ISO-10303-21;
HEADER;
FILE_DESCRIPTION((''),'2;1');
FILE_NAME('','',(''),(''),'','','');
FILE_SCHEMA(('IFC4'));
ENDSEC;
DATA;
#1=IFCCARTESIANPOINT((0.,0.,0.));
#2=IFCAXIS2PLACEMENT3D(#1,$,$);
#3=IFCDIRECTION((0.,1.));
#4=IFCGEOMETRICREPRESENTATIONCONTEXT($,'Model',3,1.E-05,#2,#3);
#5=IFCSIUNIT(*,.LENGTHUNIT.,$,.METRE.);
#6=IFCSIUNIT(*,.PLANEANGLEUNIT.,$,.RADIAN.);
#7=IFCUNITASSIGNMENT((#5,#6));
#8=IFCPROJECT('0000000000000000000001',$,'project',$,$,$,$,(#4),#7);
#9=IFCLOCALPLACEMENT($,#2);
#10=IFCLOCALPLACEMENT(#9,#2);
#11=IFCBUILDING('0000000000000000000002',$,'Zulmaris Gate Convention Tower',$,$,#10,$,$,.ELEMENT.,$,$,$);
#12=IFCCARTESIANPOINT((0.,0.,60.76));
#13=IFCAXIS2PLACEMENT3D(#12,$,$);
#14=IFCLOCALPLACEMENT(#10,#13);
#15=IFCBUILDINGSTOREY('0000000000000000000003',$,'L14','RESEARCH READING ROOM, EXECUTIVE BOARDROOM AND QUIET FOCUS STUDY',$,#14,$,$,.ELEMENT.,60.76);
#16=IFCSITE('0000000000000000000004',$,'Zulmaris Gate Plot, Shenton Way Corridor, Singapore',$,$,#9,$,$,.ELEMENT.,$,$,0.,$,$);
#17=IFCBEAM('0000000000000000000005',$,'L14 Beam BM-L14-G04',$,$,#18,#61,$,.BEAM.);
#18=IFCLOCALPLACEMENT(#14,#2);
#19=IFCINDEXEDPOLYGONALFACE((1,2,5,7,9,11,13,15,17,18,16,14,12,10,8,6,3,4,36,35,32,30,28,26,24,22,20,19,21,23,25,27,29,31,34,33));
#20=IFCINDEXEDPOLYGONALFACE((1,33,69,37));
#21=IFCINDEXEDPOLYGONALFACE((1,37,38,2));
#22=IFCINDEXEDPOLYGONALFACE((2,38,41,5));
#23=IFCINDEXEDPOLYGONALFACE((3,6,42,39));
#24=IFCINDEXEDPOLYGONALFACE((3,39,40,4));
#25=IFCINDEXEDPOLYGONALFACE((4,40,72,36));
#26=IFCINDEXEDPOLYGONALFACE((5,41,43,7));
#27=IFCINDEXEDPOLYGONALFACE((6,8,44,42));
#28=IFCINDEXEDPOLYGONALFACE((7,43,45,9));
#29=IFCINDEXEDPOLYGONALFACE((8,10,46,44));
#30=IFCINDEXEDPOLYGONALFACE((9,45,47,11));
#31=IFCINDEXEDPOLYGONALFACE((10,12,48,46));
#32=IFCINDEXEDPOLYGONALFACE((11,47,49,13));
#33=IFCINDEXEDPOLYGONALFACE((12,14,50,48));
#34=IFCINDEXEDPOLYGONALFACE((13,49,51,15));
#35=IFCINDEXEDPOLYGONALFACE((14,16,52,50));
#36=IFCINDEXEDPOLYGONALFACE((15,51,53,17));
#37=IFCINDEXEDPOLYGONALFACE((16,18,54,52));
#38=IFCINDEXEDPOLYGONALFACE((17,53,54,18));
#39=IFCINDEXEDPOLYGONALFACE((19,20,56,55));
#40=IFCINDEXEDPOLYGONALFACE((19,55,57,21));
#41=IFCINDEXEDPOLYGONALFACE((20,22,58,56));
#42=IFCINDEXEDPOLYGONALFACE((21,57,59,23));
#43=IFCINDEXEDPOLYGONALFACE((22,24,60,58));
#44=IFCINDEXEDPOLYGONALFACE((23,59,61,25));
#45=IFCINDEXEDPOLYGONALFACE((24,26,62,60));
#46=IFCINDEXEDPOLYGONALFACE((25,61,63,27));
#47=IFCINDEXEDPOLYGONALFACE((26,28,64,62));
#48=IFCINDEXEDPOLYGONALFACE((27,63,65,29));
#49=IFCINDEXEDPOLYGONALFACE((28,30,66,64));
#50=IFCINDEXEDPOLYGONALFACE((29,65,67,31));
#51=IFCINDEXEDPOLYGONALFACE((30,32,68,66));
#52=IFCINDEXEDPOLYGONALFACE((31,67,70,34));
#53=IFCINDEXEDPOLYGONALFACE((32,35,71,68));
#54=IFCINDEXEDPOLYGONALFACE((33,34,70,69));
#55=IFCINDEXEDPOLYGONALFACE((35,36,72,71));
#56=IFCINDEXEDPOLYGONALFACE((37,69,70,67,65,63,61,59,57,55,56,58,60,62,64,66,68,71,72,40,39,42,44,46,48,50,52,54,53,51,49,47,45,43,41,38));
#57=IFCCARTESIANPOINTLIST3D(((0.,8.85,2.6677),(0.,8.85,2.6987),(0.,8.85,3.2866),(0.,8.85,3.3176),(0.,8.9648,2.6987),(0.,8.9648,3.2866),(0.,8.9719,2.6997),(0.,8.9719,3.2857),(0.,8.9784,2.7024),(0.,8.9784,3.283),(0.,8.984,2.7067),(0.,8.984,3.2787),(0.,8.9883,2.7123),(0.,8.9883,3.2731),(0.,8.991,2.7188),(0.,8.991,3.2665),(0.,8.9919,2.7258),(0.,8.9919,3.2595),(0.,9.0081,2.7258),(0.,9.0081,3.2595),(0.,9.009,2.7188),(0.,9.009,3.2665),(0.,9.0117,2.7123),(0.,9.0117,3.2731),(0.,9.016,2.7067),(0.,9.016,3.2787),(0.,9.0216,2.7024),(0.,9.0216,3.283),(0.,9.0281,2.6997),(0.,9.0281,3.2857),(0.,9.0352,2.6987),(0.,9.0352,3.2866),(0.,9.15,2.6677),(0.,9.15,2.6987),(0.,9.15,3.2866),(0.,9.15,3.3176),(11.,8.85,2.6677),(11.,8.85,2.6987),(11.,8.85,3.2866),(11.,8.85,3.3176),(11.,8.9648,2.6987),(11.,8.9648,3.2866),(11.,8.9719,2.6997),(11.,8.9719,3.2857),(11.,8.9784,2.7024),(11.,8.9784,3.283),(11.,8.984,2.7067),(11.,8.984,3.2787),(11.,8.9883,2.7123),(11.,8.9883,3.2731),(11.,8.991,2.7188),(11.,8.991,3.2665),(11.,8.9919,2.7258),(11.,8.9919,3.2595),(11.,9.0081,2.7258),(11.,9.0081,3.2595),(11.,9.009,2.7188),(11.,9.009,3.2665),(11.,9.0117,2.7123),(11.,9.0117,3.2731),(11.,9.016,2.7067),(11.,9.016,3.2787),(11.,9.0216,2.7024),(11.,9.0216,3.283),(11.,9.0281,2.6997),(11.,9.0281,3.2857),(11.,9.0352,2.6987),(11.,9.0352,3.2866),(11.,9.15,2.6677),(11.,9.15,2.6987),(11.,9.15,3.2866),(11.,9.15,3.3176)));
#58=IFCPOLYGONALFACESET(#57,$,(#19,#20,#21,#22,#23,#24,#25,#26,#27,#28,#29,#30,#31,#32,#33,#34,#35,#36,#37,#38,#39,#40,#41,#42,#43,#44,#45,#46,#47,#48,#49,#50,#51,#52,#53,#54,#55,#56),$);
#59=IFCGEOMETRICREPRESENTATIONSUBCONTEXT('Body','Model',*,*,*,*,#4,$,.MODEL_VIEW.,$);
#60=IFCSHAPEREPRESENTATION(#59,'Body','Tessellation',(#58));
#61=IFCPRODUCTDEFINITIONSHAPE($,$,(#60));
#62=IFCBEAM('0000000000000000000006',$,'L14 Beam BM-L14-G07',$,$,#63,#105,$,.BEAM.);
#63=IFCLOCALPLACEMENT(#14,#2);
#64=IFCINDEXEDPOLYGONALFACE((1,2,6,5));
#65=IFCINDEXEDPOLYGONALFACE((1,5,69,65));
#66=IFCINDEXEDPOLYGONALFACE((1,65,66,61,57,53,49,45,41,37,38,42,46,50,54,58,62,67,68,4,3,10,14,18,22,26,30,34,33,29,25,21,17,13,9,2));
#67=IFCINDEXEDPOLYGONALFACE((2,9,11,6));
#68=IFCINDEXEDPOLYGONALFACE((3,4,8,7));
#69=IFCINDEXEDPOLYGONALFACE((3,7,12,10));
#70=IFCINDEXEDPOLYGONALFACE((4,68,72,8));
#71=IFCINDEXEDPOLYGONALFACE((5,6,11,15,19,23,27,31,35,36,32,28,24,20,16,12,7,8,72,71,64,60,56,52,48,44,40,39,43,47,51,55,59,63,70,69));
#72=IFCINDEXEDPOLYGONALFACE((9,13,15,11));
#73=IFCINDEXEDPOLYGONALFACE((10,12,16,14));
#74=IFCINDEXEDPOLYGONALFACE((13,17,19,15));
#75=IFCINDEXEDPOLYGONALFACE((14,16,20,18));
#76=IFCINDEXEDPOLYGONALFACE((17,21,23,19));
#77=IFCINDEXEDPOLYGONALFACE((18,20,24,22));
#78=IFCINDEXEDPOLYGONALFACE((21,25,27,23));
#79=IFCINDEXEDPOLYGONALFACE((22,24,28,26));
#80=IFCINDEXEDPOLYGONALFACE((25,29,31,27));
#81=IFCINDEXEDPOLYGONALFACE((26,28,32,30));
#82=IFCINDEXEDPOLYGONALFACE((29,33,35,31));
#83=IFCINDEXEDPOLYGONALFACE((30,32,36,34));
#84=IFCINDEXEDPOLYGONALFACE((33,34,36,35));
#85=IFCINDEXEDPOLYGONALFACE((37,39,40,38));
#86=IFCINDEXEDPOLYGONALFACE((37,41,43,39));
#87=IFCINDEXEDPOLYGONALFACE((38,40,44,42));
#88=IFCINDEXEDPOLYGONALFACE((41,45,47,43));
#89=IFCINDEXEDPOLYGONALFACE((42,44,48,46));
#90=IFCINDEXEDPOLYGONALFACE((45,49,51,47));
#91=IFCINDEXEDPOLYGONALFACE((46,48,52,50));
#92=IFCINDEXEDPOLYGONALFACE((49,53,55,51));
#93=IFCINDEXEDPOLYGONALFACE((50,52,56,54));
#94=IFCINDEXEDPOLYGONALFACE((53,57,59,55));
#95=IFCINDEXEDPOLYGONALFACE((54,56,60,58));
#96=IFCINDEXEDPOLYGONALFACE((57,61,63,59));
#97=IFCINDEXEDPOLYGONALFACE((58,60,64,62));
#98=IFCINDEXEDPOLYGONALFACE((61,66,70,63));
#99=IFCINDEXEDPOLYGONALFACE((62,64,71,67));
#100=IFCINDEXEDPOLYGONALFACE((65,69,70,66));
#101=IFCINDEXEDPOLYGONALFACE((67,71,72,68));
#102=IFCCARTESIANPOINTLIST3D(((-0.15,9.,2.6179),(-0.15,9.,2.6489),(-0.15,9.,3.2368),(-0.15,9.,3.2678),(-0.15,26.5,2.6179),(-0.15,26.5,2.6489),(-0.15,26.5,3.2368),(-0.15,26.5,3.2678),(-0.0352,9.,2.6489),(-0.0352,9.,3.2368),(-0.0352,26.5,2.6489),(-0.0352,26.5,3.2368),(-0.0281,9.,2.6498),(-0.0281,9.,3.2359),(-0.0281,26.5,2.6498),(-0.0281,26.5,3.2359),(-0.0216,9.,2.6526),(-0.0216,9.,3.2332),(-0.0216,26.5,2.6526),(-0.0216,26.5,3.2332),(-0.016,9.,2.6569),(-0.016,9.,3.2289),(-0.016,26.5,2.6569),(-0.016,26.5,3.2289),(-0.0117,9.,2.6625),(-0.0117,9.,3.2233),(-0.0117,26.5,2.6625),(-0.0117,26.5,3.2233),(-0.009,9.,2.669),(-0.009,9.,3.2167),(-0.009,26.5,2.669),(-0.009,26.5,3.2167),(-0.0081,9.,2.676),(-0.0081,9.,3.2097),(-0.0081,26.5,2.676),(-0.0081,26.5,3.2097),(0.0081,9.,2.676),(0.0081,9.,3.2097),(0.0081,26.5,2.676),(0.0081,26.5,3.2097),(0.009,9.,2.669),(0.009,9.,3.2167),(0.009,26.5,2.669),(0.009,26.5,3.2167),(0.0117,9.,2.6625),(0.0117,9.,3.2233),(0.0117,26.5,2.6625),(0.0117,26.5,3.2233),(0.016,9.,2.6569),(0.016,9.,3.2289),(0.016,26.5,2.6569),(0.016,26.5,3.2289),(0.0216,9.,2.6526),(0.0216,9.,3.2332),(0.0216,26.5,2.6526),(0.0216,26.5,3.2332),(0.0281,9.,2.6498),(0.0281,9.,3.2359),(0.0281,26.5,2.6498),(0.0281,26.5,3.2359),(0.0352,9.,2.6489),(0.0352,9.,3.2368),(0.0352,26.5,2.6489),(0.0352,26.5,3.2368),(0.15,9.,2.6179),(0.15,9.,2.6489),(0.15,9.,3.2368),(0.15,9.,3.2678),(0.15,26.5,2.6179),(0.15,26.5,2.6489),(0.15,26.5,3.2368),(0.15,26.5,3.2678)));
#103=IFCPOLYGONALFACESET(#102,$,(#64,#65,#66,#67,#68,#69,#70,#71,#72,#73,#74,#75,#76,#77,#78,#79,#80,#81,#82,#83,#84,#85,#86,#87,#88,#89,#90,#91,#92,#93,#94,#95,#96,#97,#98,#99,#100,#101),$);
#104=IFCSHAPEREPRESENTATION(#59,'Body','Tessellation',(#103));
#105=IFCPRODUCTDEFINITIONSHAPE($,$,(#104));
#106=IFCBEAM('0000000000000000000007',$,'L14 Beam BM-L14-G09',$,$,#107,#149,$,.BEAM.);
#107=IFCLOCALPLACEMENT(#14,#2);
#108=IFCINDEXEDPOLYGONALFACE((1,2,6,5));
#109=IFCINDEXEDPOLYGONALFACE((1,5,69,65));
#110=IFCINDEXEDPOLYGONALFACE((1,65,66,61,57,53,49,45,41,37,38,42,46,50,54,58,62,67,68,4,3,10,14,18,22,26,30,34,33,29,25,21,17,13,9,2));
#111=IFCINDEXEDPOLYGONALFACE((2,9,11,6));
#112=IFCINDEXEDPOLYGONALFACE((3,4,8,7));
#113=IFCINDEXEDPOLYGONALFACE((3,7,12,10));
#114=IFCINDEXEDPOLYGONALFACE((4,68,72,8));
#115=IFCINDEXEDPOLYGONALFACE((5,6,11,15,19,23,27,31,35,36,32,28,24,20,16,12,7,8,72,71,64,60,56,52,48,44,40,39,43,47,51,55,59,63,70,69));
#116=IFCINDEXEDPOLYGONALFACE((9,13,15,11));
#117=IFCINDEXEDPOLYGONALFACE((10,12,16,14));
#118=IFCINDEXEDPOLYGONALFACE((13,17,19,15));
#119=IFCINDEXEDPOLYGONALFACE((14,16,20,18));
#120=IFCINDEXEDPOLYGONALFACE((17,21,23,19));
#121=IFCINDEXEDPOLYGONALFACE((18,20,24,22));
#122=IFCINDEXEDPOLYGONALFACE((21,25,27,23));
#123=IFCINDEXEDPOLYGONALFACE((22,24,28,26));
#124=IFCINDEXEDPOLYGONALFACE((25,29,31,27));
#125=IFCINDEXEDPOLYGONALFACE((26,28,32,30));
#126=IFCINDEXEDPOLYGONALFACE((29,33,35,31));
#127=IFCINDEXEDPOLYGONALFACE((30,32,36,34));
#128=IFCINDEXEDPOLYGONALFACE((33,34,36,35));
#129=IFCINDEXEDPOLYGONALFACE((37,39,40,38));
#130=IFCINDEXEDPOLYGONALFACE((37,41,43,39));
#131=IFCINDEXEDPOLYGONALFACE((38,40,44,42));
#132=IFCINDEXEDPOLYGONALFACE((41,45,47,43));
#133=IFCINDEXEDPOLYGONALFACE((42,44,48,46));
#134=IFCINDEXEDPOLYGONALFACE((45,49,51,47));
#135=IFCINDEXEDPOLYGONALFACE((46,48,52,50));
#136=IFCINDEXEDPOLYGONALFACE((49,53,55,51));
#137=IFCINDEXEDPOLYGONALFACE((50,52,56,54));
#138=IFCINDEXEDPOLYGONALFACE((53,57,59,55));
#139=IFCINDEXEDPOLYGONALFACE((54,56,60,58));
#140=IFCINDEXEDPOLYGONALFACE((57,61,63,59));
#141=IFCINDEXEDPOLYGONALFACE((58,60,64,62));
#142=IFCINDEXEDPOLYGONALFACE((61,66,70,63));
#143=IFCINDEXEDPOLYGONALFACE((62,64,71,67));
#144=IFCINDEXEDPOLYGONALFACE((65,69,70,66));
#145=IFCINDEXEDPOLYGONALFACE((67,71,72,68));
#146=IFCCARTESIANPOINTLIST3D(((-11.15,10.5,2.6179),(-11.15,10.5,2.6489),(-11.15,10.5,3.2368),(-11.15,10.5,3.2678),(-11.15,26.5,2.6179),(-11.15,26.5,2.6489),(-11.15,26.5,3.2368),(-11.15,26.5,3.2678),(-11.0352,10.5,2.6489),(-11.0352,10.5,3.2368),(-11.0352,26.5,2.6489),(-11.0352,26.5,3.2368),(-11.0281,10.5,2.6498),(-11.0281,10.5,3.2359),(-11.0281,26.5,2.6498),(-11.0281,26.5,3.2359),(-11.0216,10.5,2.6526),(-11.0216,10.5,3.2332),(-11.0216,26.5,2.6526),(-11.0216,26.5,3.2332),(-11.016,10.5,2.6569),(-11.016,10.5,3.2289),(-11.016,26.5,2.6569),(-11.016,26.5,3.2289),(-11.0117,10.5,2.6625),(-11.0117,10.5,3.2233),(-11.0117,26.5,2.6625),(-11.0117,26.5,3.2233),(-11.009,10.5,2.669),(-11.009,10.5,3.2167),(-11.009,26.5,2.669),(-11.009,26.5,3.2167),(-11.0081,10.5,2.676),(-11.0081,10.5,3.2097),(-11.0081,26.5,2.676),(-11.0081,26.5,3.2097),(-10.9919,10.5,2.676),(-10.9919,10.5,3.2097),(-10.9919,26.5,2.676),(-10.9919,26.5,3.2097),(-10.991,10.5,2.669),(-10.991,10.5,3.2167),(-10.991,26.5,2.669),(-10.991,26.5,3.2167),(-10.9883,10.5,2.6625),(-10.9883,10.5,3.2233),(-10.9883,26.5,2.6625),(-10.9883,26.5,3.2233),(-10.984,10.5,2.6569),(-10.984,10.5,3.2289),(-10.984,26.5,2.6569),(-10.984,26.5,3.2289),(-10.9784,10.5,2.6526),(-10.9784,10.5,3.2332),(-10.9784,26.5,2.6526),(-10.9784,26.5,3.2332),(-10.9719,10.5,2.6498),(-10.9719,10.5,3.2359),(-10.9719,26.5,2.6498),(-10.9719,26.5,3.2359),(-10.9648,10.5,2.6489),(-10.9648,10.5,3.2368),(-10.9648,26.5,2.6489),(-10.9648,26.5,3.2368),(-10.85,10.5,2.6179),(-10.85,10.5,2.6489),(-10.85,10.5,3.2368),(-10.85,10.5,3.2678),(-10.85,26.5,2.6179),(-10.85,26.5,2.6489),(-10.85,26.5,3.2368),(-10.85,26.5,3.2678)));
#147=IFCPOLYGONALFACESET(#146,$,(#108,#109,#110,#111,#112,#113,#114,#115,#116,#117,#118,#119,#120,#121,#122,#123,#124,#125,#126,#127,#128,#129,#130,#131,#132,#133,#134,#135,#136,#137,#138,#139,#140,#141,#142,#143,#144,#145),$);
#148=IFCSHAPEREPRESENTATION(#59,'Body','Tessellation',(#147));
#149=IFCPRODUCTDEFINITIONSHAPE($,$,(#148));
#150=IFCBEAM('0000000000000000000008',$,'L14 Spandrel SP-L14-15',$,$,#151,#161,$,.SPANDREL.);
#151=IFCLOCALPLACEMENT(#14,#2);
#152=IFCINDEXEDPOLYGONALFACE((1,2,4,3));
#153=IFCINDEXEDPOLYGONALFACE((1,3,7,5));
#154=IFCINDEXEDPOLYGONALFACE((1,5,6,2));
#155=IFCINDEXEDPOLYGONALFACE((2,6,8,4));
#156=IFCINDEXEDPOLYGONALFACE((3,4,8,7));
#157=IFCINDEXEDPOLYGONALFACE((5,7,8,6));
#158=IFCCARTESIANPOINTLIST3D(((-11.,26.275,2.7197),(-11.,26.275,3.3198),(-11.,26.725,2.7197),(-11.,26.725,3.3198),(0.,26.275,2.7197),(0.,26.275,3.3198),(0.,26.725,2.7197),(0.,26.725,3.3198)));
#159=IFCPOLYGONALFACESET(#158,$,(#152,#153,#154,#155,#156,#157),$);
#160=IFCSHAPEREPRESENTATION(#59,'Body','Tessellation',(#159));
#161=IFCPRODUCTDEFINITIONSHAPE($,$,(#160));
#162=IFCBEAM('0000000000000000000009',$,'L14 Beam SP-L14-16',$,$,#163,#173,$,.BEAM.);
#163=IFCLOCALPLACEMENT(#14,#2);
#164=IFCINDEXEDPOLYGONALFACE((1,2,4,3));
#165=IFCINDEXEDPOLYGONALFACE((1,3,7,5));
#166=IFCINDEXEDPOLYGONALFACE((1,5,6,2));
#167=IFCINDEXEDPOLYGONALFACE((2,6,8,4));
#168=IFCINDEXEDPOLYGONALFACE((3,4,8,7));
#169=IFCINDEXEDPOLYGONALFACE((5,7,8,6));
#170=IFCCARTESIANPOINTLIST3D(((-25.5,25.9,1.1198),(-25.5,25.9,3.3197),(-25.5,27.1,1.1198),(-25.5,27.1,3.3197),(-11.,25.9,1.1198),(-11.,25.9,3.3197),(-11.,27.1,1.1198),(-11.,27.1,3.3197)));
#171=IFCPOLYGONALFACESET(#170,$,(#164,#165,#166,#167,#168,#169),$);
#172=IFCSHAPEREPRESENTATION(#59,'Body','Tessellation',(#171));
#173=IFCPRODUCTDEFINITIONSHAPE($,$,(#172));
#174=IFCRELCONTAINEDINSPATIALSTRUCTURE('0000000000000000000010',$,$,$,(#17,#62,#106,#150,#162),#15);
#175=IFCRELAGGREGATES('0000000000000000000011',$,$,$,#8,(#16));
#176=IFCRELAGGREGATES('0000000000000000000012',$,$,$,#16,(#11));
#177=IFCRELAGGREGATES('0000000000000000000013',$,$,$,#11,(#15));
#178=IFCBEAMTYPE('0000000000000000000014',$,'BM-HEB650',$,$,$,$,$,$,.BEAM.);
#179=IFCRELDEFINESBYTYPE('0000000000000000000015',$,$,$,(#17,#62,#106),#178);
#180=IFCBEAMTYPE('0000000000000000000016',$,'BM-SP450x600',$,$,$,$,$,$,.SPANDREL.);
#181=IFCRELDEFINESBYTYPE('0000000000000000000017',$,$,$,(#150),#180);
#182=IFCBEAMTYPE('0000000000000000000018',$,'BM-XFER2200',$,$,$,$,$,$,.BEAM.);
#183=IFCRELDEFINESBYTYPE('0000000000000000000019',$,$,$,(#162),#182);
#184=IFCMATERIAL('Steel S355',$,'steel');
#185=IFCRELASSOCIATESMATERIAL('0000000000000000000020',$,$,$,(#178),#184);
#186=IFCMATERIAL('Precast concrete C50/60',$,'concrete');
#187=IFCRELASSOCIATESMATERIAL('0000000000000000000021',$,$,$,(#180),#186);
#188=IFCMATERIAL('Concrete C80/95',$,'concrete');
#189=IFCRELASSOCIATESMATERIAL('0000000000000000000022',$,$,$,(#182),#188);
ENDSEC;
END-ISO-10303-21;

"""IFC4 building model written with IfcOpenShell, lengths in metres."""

from ifc_helpers import new_model, si_unit, direction, frame, origin, origin_2d, place, context, subcontext, project, spatial, rectangle, i_section, extrude, material, material_profile, profile_set, type_object, element, save


model = new_model("IFC4")

# Units and contexts
model_context = context("Model", 3, precision=1e-05, world=origin(), true_north=direction((0.0, 1.0)))
body_context = subcontext(model_context, "Body", "Model", "MODEL_VIEW")
ifc_project = project(units=[si_unit("LENGTHUNIT", "METRE"), si_unit("PLANEANGLEUNIT", "RADIAN")], contexts=[model_context])

# Site, building, storey
site_placement = place(None, origin())
site = spatial("IfcSite", under=ifc_project, at=site_placement, Name="Zulmaris Gate Plot, Shenton Way Corridor, Singapore", CompositionType="ELEMENT", RefElevation=0.0)
building_placement = place(site_placement, origin())
building = spatial("IfcBuilding", under=site, at=building_placement, Name="Zulmaris Gate Convention Tower", CompositionType="ELEMENT")
storey_placement = place(building_placement, frame((0.0, 0.0, 60.76)))
storey = spatial("IfcBuildingStorey", under=building, at=storey_placement, Name="L14", Description="RESEARCH READING ROOM, EXECUTIVE BOARDROOM AND QUIET FOCUS STUDY", CompositionType="ELEMENT", Elevation=60.76)

# Shared definitions
ifc_material_1 = material(Name="Concrete C80/95", Category="concrete")

# Beams
ifc_material_2 = material(Name="Steel S355", Category="steel")
ifc_material_profile_1 = material_profile(ifc_material_2, i_section(OverallWidth=0.3, OverallDepth=0.6499, WebThickness=0.0161, FlangeThickness=0.031, FilletRadius=0.0271, at=origin_2d()), Name="HEB 650")
ifc_profile_set_1 = profile_set([ifc_material_profile_1], Name="Steel S355")
beam_type_1 = type_object("IfcBeamType", Name="BM-HEB650", PredefinedType="BEAM", material=ifc_profile_set_1)
for number, where, z_axis, x_axis, name in (
    (1, (0.0, 9.0, 2.9927), (1.0, 0.0, 0.0), (0.0, 1.0, 0.0), "L14 Beam BM-L14-G04"),
):
    element("IfcBeam", number, at=place(storey_placement, frame(where, z_axis=z_axis, x_axis=x_axis)), inside=storey, type_object=beam_type_1, Name=name, PredefinedType="BEAM", context=body_context, shape_type="SweptSolid", body=[
        extrude(i_section(OverallWidth=0.3, OverallDepth=0.6499, WebThickness=0.0161, FlangeThickness=0.031, FilletRadius=0.0271, at=origin_2d()), origin(), (0.0, 0.0, 1.0), 11.0),
    ])
beam_1_placement = place(storey_placement, frame((0.0, 9.0, 2.9429), z_axis=(0.0, 1.0, 0.0), x_axis=(-1.0, 0.0, 0.0)))
element("IfcBeam", 2, at=beam_1_placement, inside=storey, type_object=beam_type_1, Name="L14 Beam BM-L14-G07", PredefinedType="BEAM", context=body_context, shape_type="SweptSolid", body=[
    extrude(i_section(OverallWidth=0.3, OverallDepth=0.6499, WebThickness=0.0161, FlangeThickness=0.031, FilletRadius=0.0271, at=origin_2d()), origin(), (0.0, 0.0, 1.0), 17.5),
])
beam_2_placement = place(storey_placement, frame((-11.0, 10.5, 2.9429), z_axis=(0.0, 1.0, 0.0), x_axis=(-1.0, 0.0, 0.0)))
element("IfcBeam", 3, at=beam_2_placement, inside=storey, type_object=beam_type_1, Name="L14 Beam BM-L14-G09", PredefinedType="BEAM", context=body_context, shape_type="SweptSolid", body=[
    extrude(i_section(OverallWidth=0.3, OverallDepth=0.6499, WebThickness=0.0161, FlangeThickness=0.031, FilletRadius=0.0271, at=origin_2d()), origin(), (0.0, 0.0, 1.0), 16.0),
])
ifc_material_3 = material(Name="Precast concrete C50/60", Category="concrete")
ifc_material_profile_2 = material_profile(ifc_material_3, rectangle(XDim=0.45, YDim=0.6001, at=origin_2d()), Name="RC SPANDREL 450x600")
ifc_profile_set_2 = profile_set([ifc_material_profile_2], Name="Precast concrete C50/60")
beam_type_2 = type_object("IfcBeamType", Name="BM-SP450x600", PredefinedType="SPANDREL", material=ifc_profile_set_2)
beam_3_placement = place(storey_placement, frame((0.0, 26.5, 3.0198), z_axis=(-1.0, 0.0, 0.0), x_axis=(0.0, -1.0, 0.0)))
element("IfcBeam", 4, at=beam_3_placement, inside=storey, type_object=beam_type_2, Name="L14 Spandrel SP-L14-15", PredefinedType="SPANDREL", context=body_context, shape_type="SweptSolid", body=[
    extrude(rectangle(XDim=0.45, YDim=0.6001, at=origin_2d()), origin(), (0.0, 0.0, 1.0), 11.0),
])
ifc_material_profile_3 = material_profile(ifc_material_1, rectangle(XDim=1.2, YDim=2.2, at=origin_2d()), Name="RC TRANSFER 1200x2200")
ifc_profile_set_3 = profile_set([ifc_material_profile_3], Name="Concrete C80/95")
beam_type_3 = type_object("IfcBeamType", Name="BM-XFER2200", PredefinedType="BEAM", material=ifc_profile_set_3)
beam_4_placement = place(storey_placement, frame((-11.0, 26.5, 2.2197), z_axis=(-1.0, 0.0, 0.0), x_axis=(0.0, -1.0, 0.0)))
element("IfcBeam", 5, at=beam_4_placement, inside=storey, type_object=beam_type_3, Name="L14 Beam SP-L14-16", PredefinedType="BEAM", context=body_context, shape_type="SweptSolid", body=[
    extrude(rectangle(XDim=1.2, YDim=2.2, at=origin_2d()), origin(), (0.0, 0.0, 1.0), 14.5),
])

save(model, "model.ifc")
